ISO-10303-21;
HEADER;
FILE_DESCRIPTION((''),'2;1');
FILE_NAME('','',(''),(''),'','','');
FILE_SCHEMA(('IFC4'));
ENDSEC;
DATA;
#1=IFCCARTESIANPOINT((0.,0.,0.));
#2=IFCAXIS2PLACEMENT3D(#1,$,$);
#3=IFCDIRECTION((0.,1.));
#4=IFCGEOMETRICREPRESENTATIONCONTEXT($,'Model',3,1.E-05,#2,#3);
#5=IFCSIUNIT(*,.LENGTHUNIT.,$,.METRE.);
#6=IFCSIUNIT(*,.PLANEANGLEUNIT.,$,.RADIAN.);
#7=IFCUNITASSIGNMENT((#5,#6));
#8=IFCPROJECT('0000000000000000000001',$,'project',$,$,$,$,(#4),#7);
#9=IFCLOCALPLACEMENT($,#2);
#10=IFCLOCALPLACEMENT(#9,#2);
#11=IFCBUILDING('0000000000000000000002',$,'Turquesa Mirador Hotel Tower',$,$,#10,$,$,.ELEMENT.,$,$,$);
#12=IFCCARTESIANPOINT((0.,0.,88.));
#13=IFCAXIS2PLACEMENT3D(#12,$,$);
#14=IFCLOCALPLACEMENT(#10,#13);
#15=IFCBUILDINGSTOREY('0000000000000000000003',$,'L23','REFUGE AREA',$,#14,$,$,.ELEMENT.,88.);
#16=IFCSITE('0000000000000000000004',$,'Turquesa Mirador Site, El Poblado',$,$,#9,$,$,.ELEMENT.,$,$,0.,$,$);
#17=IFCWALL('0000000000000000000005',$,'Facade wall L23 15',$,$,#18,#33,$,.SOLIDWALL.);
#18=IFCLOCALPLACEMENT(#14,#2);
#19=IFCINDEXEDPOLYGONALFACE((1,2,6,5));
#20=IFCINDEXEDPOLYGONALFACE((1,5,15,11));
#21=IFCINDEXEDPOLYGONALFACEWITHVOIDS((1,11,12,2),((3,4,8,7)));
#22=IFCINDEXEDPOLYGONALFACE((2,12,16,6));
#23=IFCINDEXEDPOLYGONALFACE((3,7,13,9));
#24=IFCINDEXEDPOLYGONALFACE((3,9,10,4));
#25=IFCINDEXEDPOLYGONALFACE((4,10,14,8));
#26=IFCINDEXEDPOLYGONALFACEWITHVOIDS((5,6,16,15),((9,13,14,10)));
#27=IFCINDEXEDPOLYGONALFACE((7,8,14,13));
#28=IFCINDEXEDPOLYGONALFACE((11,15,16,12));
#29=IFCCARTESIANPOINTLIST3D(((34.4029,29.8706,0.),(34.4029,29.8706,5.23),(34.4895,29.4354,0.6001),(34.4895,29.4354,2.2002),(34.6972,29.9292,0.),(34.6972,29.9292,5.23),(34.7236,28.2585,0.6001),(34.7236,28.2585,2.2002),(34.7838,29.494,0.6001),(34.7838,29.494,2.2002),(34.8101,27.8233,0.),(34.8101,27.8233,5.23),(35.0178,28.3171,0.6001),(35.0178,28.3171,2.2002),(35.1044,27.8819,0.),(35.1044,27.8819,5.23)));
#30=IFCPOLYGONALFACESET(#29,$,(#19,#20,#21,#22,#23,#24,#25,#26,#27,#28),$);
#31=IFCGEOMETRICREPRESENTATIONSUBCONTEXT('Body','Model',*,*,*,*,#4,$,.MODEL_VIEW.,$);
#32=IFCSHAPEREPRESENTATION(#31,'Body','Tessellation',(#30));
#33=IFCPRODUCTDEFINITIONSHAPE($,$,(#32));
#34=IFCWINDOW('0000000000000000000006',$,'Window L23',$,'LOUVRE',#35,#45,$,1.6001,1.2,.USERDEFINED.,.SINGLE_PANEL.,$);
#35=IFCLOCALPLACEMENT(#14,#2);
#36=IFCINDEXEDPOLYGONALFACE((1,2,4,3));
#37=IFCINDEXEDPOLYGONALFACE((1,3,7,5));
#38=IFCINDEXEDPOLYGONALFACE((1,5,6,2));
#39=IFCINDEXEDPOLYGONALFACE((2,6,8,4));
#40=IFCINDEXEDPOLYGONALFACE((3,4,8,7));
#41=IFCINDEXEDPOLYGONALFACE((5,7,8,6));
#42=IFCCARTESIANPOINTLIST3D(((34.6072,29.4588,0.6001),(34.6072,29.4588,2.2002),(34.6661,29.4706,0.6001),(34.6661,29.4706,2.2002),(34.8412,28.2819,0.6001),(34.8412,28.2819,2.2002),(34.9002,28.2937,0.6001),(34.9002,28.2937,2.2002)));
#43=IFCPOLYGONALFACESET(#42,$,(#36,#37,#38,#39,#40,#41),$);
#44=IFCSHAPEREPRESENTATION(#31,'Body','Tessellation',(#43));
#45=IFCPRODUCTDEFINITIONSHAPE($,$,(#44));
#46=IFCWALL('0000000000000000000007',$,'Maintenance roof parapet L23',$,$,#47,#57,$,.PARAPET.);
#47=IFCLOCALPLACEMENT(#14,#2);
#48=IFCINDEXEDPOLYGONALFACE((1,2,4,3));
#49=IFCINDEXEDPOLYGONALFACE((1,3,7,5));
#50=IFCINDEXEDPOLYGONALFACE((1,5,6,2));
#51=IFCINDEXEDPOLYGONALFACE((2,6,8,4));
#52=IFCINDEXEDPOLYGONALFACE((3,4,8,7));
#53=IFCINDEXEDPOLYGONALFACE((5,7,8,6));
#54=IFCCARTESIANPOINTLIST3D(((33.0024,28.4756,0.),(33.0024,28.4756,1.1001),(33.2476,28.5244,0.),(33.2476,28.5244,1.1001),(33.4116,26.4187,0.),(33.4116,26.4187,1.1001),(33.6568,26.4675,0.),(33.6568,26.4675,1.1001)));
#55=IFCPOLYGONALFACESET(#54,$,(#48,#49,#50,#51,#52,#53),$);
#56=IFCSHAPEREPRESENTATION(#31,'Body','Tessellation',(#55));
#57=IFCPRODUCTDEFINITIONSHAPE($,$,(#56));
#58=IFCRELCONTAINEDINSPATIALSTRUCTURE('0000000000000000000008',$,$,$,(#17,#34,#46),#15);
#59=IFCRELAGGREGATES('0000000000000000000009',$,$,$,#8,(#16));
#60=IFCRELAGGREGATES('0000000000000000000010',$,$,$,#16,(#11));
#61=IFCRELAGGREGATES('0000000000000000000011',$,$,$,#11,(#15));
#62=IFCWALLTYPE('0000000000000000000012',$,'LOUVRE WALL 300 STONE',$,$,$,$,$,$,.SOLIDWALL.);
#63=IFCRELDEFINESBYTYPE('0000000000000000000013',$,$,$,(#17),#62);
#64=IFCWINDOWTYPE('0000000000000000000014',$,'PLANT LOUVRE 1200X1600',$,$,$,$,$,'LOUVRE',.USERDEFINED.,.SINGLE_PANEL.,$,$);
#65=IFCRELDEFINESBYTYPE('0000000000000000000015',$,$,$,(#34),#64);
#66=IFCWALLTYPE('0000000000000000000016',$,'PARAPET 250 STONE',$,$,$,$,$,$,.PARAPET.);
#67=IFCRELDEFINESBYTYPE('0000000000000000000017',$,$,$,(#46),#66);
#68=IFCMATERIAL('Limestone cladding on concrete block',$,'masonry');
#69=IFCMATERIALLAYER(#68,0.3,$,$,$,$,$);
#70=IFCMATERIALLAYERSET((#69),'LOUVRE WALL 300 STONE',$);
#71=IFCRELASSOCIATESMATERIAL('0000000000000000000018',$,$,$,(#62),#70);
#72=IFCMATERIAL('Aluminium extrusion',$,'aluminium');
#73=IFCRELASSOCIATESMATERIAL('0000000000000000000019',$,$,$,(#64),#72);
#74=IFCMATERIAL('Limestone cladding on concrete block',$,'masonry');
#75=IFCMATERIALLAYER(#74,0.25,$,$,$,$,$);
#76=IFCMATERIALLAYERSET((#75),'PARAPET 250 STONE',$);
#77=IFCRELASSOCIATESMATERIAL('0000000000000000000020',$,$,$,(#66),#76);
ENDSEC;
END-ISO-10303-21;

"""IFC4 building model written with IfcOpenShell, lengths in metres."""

from ifc_helpers import new_model, si_unit, direction, frame, frame_2d, origin, place, context, subcontext, project, spatial, rectangle, extrude, material, layer, layer_set, type_object, element, fill, save


model = new_model("IFC4")

# Units and contexts
model_context = context("Model", 3, precision=1e-05, world=origin(), true_north=direction((0.0, 1.0)))
body_context = subcontext(model_context, "Body", "Model", "MODEL_VIEW")
ifc_project = project(units=[si_unit("LENGTHUNIT", "METRE"), si_unit("PLANEANGLEUNIT", "RADIAN")], contexts=[model_context])

# Site, building, storey
site_placement = place(None, origin())
site = spatial("IfcSite", under=ifc_project, at=site_placement, Name="Turquesa Mirador Site, El Poblado", CompositionType="ELEMENT", RefElevation=0.0)
building_placement = place(site_placement, origin())
building = spatial("IfcBuilding", under=site, at=building_placement, Name="Turquesa Mirador Hotel Tower", CompositionType="ELEMENT")
storey_placement = place(building_placement, frame((0.0, 0.0, 88.0)))
storey = spatial("IfcBuildingStorey", under=building, at=storey_placement, Name="L23", Description="REFUGE AREA", CompositionType="ELEMENT", Elevation=88.0)

# Wall, opening, window
ifc_material_1 = material(Name="Limestone cladding on concrete block", Category="masonry")
ifc_layer_1 = layer(ifc_material_1, 0.3)
ifc_layer_set_1 = layer_set([ifc_layer_1], Name="LOUVRE WALL 300 STONE")
wall_type_1 = type_object("IfcWallType", Name="LOUVRE WALL 300 STONE", PredefinedType="SOLIDWALL", material=ifc_layer_set_1)
wall_1_placement = place(storey_placement, frame((34.55, 29.8999, 0.0), z_axis=(0.0, 0.0, 1.0), x_axis=(0.195081, -0.980787, 0.0)))
wall_1 = element("IfcWall", 1, at=wall_1_placement, inside=storey, type_object=wall_type_1, Name="Facade wall L23 15", PredefinedType="SOLIDWALL", context=body_context, shape_type="SweptSolid", body=[
    extrude(rectangle(XDim=2.0874, YDim=0.3, at=frame_2d((1.0437, 0.0))), origin(), (0.0, 0.0, 1.0), 5.23),
])
opening_placement = place(wall_1_placement, frame((0.4436, 0.0, 0.6001)))
opening = element("IfcOpeningElement", 2, at=opening_placement, cuts=wall_1, PredefinedType="OPENING", context=body_context, shape_type="SweptSolid", body=[
    extrude(rectangle(XDim=1.2, YDim=1.6001, at=frame_2d((0.6001, 0.8))), frame((0.0, 0.1599, 0.0), z_axis=(0.0, -1.0, 0.0), x_axis=(1.0, 0.0, 0.0)), (0.0, 0.0, 1.0), 0.3201),
])
ifc_material_2 = material(Name="Aluminium extrusion", Category="aluminium")
window_type = type_object("IfcWindowType", Name="PLANT LOUVRE 1200X1600", ElementType="LOUVRE", PartitioningType="SINGLE_PANEL", PredefinedType="USERDEFINED", material=ifc_material_2)
window_placement = place(opening_placement, origin())
window = element("IfcWindow", 3, at=window_placement, inside=storey, type_object=window_type, Name="Window L23", ObjectType="LOUVRE", OverallHeight=1.6001, OverallWidth=1.2, PartitioningType="SINGLE_PANEL", PredefinedType="USERDEFINED", context=body_context, shape_type="SweptSolid", body=[
    extrude(rectangle(XDim=1.2, YDim=1.6001, at=frame_2d((0.6001, 0.8))), frame((0.0, 0.03, 0.0), z_axis=(0.0, -1.0, 0.0), x_axis=(1.0, 0.0, 0.0)), (0.0, 0.0, 1.0), 0.0601),
])
fill(opening, window)

# Wall
ifc_material_3 = material(Name="Limestone cladding on concrete block", Category="masonry")
ifc_layer_2 = layer(ifc_material_3, 0.25)
ifc_layer_set_2 = layer_set([ifc_layer_2], Name="PARAPET 250 STONE")
wall_type_2 = type_object("IfcWallType", Name="PARAPET 250 STONE", PredefinedType="PARAPET", material=ifc_layer_set_2)
wall_2_placement = place(storey_placement, frame((33.125, 28.5, 0.0), z_axis=(0.0, 0.0, 1.0), x_axis=(0.195109, -0.980782, 0.0)))
element("IfcWall", 4, at=wall_2_placement, inside=storey, type_object=wall_type_2, Name="Maintenance roof parapet L23", PredefinedType="PARAPET", context=body_context, shape_type="SweptSolid", body=[
    extrude(rectangle(XDim=2.0972, YDim=0.25, at=frame_2d((1.0486, 0.0))), origin(), (0.0, 0.0, 1.0), 1.1001),
])

save(model, "model.ifc")
